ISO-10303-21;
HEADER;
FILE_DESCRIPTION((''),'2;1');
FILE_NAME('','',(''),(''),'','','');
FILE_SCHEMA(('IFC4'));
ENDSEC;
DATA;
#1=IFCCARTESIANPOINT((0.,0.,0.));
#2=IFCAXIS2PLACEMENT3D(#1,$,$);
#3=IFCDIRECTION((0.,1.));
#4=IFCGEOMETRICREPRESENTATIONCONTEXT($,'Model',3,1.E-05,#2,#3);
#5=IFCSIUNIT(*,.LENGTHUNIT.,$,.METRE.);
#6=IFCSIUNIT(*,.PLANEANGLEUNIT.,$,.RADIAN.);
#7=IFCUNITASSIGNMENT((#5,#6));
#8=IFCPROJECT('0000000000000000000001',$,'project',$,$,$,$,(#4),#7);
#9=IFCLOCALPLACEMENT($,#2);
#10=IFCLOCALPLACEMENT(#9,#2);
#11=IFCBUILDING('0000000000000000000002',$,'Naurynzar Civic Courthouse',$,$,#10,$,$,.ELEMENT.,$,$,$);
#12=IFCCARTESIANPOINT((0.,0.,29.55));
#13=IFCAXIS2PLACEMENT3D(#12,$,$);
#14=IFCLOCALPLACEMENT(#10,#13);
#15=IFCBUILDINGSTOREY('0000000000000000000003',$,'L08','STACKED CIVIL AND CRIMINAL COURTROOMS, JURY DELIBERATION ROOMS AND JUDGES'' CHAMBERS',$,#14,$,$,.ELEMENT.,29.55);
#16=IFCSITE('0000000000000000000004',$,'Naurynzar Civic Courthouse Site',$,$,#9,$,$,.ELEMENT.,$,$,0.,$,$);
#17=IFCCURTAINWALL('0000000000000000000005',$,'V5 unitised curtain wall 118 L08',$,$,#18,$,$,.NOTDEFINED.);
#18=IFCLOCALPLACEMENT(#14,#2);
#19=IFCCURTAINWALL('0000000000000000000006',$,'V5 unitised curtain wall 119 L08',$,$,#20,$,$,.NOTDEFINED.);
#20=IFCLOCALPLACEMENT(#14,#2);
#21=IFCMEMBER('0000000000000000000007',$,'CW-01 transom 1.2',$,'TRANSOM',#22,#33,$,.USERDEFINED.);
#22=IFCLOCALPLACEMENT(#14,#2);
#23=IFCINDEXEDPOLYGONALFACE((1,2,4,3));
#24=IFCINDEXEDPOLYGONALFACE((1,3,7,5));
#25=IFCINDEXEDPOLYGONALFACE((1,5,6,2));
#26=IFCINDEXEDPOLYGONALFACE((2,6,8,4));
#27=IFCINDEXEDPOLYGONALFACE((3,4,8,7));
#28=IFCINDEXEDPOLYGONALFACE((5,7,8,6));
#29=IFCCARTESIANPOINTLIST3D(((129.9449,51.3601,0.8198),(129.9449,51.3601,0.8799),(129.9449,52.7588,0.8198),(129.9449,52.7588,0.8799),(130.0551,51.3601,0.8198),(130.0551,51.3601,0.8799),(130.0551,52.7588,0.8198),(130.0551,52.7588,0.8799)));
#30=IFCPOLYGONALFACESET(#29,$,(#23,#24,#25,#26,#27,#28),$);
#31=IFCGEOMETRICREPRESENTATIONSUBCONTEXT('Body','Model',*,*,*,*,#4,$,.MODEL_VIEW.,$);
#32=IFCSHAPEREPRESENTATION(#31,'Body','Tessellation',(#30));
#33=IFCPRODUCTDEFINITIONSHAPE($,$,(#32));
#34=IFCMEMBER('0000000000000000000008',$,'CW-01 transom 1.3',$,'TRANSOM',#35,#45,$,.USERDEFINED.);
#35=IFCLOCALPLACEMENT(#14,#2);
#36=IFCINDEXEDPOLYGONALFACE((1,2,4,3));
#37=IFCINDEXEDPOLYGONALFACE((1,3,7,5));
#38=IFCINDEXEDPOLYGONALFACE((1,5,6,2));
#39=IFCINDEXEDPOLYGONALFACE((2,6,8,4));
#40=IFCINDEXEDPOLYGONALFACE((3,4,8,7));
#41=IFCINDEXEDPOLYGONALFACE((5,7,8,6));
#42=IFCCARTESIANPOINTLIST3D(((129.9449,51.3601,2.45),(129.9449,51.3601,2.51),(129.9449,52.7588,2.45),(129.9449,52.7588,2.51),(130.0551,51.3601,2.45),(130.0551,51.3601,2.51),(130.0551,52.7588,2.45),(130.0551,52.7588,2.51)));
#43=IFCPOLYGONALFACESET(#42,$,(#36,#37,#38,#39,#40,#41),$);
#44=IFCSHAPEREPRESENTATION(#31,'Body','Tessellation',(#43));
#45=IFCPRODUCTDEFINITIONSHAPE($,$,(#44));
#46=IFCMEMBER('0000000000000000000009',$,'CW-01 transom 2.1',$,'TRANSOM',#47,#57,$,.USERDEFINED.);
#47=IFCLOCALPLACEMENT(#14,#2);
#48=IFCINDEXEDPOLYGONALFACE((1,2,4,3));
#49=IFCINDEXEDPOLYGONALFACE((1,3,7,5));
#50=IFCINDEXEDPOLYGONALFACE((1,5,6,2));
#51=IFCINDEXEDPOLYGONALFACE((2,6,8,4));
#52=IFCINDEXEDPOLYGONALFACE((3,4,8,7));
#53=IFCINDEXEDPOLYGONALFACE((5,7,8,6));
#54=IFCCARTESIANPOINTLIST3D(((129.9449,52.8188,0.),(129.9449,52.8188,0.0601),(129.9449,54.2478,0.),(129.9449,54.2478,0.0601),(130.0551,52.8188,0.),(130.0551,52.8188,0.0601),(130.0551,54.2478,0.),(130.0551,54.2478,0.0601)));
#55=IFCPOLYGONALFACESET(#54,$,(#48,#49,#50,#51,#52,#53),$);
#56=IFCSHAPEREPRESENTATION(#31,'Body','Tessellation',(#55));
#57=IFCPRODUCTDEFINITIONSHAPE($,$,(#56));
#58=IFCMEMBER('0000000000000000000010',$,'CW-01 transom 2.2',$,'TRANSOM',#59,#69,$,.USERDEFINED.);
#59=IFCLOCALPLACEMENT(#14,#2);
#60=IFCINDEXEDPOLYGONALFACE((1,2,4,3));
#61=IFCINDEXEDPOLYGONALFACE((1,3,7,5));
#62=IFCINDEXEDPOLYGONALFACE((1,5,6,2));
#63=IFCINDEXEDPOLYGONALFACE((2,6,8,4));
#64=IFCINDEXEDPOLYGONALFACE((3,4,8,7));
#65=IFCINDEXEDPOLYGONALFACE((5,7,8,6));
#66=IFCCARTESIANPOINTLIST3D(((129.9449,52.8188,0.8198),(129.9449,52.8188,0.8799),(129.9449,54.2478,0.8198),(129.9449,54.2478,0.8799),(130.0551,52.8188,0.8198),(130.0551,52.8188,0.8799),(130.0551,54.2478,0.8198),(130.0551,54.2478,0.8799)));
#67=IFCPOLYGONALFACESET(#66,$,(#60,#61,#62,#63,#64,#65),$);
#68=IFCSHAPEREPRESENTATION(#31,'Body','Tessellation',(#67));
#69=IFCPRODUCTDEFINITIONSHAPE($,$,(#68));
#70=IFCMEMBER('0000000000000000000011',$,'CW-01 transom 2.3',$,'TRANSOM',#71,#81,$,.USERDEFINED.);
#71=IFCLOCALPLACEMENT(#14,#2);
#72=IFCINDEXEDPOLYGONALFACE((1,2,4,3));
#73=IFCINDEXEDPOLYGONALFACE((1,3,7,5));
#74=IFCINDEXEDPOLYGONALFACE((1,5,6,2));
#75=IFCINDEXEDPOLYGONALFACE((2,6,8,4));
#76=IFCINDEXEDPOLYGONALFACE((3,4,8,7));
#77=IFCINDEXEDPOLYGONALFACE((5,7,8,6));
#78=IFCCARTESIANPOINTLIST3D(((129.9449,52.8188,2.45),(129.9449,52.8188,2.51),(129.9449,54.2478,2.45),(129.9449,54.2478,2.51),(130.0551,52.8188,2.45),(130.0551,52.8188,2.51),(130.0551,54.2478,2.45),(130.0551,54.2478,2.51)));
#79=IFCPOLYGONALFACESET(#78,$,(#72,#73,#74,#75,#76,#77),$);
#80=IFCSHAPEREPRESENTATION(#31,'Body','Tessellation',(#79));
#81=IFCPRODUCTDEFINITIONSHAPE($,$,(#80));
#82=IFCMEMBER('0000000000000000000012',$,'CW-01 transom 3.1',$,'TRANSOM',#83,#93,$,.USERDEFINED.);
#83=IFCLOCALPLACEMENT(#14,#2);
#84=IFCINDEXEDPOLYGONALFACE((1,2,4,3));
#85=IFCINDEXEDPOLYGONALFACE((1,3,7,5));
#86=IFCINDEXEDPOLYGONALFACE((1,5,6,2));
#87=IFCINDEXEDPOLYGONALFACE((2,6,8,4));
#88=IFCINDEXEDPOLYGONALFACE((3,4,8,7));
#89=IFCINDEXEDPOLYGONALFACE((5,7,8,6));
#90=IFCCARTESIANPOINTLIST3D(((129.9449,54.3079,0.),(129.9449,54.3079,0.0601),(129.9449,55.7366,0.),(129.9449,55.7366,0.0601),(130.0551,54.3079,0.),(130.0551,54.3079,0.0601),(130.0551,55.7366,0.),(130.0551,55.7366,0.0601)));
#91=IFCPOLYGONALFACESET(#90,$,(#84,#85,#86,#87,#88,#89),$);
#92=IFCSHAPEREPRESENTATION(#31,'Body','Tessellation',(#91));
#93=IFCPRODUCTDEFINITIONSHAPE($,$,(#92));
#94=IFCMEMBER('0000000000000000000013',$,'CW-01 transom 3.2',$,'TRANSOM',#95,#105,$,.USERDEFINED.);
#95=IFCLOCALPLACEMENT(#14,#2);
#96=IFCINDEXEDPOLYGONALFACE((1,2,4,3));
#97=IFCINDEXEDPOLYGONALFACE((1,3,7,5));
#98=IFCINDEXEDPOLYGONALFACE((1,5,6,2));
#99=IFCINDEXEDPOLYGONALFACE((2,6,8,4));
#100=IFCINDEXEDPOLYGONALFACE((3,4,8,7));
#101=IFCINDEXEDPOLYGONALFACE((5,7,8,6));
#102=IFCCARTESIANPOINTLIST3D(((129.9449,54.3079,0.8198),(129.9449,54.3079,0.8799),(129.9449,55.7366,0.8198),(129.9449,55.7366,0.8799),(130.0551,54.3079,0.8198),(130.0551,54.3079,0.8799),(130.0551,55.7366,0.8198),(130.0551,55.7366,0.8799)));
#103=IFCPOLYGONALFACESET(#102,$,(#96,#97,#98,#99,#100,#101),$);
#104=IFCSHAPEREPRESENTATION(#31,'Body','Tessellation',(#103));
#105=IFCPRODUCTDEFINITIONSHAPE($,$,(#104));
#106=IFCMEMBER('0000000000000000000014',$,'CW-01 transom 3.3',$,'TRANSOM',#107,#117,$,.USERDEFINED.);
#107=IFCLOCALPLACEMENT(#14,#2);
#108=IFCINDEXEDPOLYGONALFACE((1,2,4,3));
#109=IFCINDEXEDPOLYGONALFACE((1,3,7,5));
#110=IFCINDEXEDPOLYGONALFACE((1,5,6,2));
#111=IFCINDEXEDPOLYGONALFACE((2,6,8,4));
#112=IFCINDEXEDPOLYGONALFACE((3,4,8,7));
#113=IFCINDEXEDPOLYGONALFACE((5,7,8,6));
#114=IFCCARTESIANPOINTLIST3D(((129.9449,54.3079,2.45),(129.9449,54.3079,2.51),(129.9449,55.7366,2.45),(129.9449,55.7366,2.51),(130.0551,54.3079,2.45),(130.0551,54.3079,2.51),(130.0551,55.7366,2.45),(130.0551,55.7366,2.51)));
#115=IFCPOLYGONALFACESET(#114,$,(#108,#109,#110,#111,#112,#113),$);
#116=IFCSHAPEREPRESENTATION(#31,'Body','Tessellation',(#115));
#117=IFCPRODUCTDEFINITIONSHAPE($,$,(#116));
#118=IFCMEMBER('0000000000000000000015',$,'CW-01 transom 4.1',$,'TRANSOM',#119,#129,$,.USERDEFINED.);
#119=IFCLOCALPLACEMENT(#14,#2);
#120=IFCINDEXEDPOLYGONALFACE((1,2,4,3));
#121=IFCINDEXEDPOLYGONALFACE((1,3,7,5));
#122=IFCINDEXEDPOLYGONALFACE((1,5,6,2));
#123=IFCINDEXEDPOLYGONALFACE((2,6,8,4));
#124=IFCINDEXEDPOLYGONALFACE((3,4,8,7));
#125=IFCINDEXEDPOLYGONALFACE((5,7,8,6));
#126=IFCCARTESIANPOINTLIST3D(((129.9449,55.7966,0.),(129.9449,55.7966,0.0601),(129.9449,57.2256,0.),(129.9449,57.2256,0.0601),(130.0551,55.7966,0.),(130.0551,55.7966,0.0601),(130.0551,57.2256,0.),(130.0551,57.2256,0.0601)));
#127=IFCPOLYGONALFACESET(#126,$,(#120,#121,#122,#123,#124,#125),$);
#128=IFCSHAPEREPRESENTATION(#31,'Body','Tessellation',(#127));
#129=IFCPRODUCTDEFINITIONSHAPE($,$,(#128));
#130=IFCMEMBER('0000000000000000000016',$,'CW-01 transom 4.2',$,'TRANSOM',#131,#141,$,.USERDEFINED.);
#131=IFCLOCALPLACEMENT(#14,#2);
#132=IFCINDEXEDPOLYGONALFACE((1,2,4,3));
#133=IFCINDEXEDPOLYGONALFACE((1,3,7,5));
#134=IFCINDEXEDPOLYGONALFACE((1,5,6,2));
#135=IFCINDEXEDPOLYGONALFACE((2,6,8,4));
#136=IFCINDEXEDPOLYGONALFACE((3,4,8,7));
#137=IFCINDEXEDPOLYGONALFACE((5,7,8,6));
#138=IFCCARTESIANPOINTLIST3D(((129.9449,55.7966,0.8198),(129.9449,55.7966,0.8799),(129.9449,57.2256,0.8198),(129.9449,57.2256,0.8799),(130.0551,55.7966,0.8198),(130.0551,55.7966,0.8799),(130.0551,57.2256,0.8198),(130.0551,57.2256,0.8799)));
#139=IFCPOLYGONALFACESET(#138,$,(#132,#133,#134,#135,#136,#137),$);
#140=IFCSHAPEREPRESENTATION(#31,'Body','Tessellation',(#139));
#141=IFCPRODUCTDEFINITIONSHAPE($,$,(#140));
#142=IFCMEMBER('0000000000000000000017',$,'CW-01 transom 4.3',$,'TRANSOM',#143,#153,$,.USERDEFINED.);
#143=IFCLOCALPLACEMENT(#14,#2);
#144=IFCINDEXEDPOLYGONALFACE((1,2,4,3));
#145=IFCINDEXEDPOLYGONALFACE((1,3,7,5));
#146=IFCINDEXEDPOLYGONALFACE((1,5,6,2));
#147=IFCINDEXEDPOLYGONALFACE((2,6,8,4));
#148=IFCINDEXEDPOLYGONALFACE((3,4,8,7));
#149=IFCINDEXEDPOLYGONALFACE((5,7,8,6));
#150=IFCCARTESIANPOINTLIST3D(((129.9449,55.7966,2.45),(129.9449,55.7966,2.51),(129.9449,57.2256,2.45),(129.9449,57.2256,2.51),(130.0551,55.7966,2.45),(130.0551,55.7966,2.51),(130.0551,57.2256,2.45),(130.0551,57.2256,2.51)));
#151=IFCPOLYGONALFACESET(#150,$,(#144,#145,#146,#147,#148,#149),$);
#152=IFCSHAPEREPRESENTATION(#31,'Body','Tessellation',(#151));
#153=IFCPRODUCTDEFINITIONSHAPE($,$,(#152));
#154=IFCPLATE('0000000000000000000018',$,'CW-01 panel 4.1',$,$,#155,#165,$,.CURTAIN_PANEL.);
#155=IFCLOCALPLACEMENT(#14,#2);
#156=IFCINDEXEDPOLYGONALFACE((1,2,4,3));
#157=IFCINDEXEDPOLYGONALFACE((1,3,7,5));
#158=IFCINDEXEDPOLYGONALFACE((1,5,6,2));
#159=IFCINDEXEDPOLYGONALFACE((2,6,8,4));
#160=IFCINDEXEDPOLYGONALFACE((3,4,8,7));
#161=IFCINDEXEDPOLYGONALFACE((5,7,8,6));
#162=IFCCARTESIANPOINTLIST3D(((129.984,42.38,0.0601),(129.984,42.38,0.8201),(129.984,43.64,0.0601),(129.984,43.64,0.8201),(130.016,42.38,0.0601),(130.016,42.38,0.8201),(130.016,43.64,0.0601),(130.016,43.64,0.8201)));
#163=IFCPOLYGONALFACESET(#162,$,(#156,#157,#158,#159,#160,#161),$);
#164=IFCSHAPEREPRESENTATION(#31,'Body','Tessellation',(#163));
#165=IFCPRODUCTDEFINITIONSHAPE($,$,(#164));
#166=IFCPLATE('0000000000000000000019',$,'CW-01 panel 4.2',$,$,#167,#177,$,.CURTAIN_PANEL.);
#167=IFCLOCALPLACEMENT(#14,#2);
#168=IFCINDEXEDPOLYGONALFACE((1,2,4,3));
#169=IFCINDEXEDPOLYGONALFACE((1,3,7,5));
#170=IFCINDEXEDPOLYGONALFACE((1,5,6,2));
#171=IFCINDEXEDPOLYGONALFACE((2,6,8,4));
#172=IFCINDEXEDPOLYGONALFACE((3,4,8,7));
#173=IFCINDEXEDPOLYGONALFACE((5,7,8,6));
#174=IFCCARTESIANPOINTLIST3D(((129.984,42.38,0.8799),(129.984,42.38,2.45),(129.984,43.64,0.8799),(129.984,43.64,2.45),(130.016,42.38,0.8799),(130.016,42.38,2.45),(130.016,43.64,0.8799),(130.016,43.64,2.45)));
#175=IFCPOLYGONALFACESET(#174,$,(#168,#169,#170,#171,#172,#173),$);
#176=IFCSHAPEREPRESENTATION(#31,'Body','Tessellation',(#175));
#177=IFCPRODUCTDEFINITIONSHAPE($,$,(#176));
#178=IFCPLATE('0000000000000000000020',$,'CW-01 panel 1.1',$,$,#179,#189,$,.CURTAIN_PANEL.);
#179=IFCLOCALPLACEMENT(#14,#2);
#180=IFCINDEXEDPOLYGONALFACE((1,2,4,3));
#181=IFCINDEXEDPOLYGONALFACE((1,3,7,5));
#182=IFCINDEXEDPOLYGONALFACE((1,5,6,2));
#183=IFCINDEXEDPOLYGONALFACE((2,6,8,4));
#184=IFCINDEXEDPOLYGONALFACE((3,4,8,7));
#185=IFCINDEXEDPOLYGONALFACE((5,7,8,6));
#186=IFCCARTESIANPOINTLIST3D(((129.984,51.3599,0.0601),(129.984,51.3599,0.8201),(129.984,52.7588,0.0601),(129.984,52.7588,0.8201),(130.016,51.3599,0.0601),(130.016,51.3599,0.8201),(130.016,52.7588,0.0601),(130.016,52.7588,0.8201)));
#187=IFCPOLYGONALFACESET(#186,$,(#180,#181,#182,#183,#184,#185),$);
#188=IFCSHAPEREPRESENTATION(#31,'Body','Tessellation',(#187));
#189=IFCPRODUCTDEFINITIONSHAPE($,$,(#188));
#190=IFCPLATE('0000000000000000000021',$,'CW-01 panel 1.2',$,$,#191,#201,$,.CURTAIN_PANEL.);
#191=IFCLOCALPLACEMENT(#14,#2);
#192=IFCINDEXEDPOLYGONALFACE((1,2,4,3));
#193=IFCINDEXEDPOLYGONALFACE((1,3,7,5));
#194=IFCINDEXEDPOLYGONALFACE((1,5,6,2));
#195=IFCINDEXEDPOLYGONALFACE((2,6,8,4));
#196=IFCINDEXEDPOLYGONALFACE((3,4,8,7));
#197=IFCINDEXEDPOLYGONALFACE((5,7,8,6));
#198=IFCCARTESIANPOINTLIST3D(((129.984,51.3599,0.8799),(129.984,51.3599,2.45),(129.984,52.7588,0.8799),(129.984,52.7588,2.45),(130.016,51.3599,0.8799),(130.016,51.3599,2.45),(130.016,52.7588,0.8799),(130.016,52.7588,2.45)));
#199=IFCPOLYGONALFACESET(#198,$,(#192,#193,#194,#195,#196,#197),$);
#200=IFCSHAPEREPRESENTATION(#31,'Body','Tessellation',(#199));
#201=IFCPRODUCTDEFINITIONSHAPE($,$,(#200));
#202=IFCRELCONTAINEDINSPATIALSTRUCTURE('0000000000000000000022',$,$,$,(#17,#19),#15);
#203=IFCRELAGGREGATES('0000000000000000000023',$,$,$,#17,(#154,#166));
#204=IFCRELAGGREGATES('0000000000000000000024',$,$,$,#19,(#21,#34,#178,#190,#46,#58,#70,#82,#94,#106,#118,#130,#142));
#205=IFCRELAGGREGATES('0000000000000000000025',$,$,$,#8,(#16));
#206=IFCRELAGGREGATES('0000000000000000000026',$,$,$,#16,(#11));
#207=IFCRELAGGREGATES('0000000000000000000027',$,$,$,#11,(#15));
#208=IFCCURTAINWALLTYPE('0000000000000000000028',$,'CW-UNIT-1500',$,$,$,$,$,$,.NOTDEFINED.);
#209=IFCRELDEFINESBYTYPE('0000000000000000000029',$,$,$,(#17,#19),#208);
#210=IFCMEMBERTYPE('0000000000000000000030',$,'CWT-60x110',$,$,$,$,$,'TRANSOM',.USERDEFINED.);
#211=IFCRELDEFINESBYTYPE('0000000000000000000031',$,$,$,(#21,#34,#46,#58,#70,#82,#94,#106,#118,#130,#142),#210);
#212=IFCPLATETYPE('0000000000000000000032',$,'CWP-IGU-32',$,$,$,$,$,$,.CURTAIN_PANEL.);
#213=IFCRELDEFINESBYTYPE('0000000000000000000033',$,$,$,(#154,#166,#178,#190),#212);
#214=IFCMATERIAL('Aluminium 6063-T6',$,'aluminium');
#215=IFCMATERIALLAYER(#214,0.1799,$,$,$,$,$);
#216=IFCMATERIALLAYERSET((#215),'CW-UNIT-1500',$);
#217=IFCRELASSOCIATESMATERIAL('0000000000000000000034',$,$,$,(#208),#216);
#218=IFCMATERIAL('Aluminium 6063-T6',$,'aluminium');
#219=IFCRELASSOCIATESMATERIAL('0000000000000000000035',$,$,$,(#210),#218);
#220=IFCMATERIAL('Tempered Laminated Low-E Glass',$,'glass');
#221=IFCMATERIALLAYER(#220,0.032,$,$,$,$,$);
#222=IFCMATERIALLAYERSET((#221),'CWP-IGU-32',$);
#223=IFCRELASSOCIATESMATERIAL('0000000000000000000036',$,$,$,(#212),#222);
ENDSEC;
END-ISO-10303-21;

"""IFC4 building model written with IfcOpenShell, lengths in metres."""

from ifc_helpers import new_model, si_unit, direction, frame, origin, origin_2d, place, context, subcontext, project, spatial, rectangle, extrude, material, layer, layer_set, material_profile, profile_set, type_object, element, aggregate, save


model = new_model("IFC4")

# Units and contexts
model_context = context("Model", 3, precision=1e-05, world=origin(), true_north=direction((0.0, 1.0)))
body_context = subcontext(model_context, "Body", "Model", "MODEL_VIEW")
ifc_project = project(units=[si_unit("LENGTHUNIT", "METRE"), si_unit("PLANEANGLEUNIT", "RADIAN")], contexts=[model_context])

# Site, building, storey
site_placement = place(None, origin())
site = spatial("IfcSite", under=ifc_project, at=site_placement, Name="Naurynzar Civic Courthouse Site", CompositionType="ELEMENT", RefElevation=0.0)
building_placement = place(site_placement, origin())
building = spatial("IfcBuilding", under=site, at=building_placement, Name="Naurynzar Civic Courthouse", CompositionType="ELEMENT")
storey_placement = place(building_placement, frame((0.0, 0.0, 29.55)))
storey = spatial("IfcBuildingStorey", under=building, at=storey_placement, Name="L08", Description="STACKED CIVIL AND CRIMINAL COURTROOMS, JURY DELIBERATION ROOMS AND JUDGES' CHAMBERS", CompositionType="ELEMENT", Elevation=29.55)

# Curtain walls
ifc_material_1 = material(Name="Aluminium 6063-T6", Category="aluminium")
ifc_layer_1 = layer(ifc_material_1, 0.1799)
ifc_layer_set_1 = layer_set([ifc_layer_1], Name="CW-UNIT-1500")
curtain_wall_type = type_object("IfcCurtainWallType", Name="CW-UNIT-1500", PredefinedType="NOTDEFINED", material=ifc_layer_set_1)
curtain_wall_1_placement = place(storey_placement, origin())
curtain_wall_1 = element("IfcCurtainWall", 1, at=curtain_wall_1_placement, inside=storey, type_object=curtain_wall_type, Name="V5 unitised curtain wall 118 L08", PredefinedType="NOTDEFINED")
curtain_wall_2_placement = place(storey_placement, origin())
curtain_wall_2 = element("IfcCurtainWall", 2, at=curtain_wall_2_placement, inside=storey, type_object=curtain_wall_type, Name="V5 unitised curtain wall 119 L08", PredefinedType="NOTDEFINED")

# Members
ifc_material_2 = material(Name="Aluminium 6063-T6", Category="aluminium")
ifc_material_profile_1 = material_profile(ifc_material_2, rectangle(XDim=0.1101, YDim=0.0601, at=origin_2d()), Name="ALU TRANSOM 60x110")
ifc_profile_set_1 = profile_set([ifc_material_profile_1], Name="Aluminium 6063-T6")
member_type_1 = type_object("IfcMemberType", Name="CWT-60x110", ElementType="TRANSOM", PredefinedType="USERDEFINED", material=ifc_profile_set_1)
member_1_placement = place(storey_placement, frame((130.0, 51.3601, 0.8499), z_axis=(0.0, 1.0, 0.0), x_axis=(-1.0, 0.0, 0.0)))
member_1 = element("IfcMember", 3, at=member_1_placement, type_object=member_type_1, Name="CW-01 transom 1.2", ObjectType="TRANSOM", PredefinedType="USERDEFINED", context=body_context, shape_type="SweptSolid", body=[
    extrude(rectangle(XDim=0.1101, YDim=0.0601, at=origin_2d()), origin(), (0.0, 0.0, 1.0), 1.3987),
])
member_2_placement = place(storey_placement, frame((130.0, 51.3601, 2.48), z_axis=(0.0, 1.0, 0.0), x_axis=(-1.0, 0.0, 0.0)))
member_2 = element("IfcMember", 4, at=member_2_placement, type_object=member_type_1, Name="CW-01 transom 1.3", ObjectType="TRANSOM", PredefinedType="USERDEFINED", context=body_context, shape_type="SweptSolid", body=[
    extrude(rectangle(XDim=0.1101, YDim=0.0601, at=origin_2d()), origin(), (0.0, 0.0, 1.0), 1.3987),
])
member_3_placement = place(storey_placement, frame((130.0, 52.8188, 0.03), z_axis=(0.0, 1.0, 0.0), x_axis=(-1.0, 0.0, 0.0)))
member_3 = element("IfcMember", 5, at=member_3_placement, type_object=member_type_1, Name="CW-01 transom 2.1", ObjectType="TRANSOM", PredefinedType="USERDEFINED", context=body_context, shape_type="SweptSolid", body=[
    extrude(rectangle(XDim=0.1101, YDim=0.0601, at=origin_2d()), origin(), (0.0, 0.0, 1.0), 1.429),
])
member_4_placement = place(storey_placement, frame((130.0, 52.8188, 0.8499), z_axis=(0.0, 1.0, 0.0), x_axis=(-1.0, 0.0, 0.0)))
member_4 = element("IfcMember", 6, at=member_4_placement, type_object=member_type_1, Name="CW-01 transom 2.2", ObjectType="TRANSOM", PredefinedType="USERDEFINED", context=body_context, shape_type="SweptSolid", body=[
    extrude(rectangle(XDim=0.1101, YDim=0.0601, at=origin_2d()), origin(), (0.0, 0.0, 1.0), 1.429),
])
member_5_placement = place(storey_placement, frame((130.0, 52.8188, 2.48), z_axis=(0.0, 1.0, 0.0), x_axis=(-1.0, 0.0, 0.0)))
member_5 = element("IfcMember", 7, at=member_5_placement, type_object=member_type_1, Name="CW-01 transom 2.3", ObjectType="TRANSOM", PredefinedType="USERDEFINED", context=body_context, shape_type="SweptSolid", body=[
    extrude(rectangle(XDim=0.1101, YDim=0.0601, at=origin_2d()), origin(), (0.0, 0.0, 1.0), 1.429),
])
member_6_placement = place(storey_placement, frame((130.0, 54.3079, 0.03), z_axis=(0.0, 1.0, 0.0), x_axis=(-1.0, 0.0, 0.0)))
member_6 = element("IfcMember", 8, at=member_6_placement, type_object=member_type_1, Name="CW-01 transom 3.1", ObjectType="TRANSOM", PredefinedType="USERDEFINED", context=body_context, shape_type="SweptSolid", body=[
    extrude(rectangle(XDim=0.1101, YDim=0.0601, at=origin_2d()), origin(), (0.0, 0.0, 1.0), 1.4287),
])
member_7_placement = place(storey_placement, frame((130.0, 54.3079, 0.8499), z_axis=(0.0, 1.0, 0.0), x_axis=(-1.0, 0.0, 0.0)))
member_7 = element("IfcMember", 9, at=member_7_placement, type_object=member_type_1, Name="CW-01 transom 3.2", ObjectType="TRANSOM", PredefinedType="USERDEFINED", context=body_context, shape_type="SweptSolid", body=[
    extrude(rectangle(XDim=0.1101, YDim=0.0601, at=origin_2d()), origin(), (0.0, 0.0, 1.0), 1.4287),
])
member_8_placement = place(storey_placement, frame((130.0, 54.3079, 2.48), z_axis=(0.0, 1.0, 0.0), x_axis=(-1.0, 0.0, 0.0)))
member_8 = element("IfcMember", 10, at=member_8_placement, type_object=member_type_1, Name="CW-01 transom 3.3", ObjectType="TRANSOM", PredefinedType="USERDEFINED", context=body_context, shape_type="SweptSolid", body=[
    extrude(rectangle(XDim=0.1101, YDim=0.0601, at=origin_2d()), origin(), (0.0, 0.0, 1.0), 1.4287),
])
member_9_placement = place(storey_placement, frame((130.0, 55.7966, 0.03), z_axis=(0.0, 1.0, 0.0), x_axis=(-1.0, 0.0, 0.0)))
member_9 = element("IfcMember", 11, at=member_9_placement, type_object=member_type_1, Name="CW-01 transom 4.1", ObjectType="TRANSOM", PredefinedType="USERDEFINED", context=body_context, shape_type="SweptSolid", body=[
    extrude(rectangle(XDim=0.1101, YDim=0.0601, at=origin_2d()), origin(), (0.0, 0.0, 1.0), 1.429),
])
member_10_placement = place(storey_placement, frame((130.0, 55.7966, 0.8499), z_axis=(0.0, 1.0, 0.0), x_axis=(-1.0, 0.0, 0.0)))
member_10 = element("IfcMember", 12, at=member_10_placement, type_object=member_type_1, Name="CW-01 transom 4.2", ObjectType="TRANSOM", PredefinedType="USERDEFINED", context=body_context, shape_type="SweptSolid", body=[
    extrude(rectangle(XDim=0.1101, YDim=0.0601, at=origin_2d()), origin(), (0.0, 0.0, 1.0), 1.429),
])
member_11_placement = place(storey_placement, frame((130.0, 55.7966, 2.48), z_axis=(0.0, 1.0, 0.0), x_axis=(-1.0, 0.0, 0.0)))
member_11 = element("IfcMember", 13, at=member_11_placement, type_object=member_type_1, Name="CW-01 transom 4.3", ObjectType="TRANSOM", PredefinedType="USERDEFINED", context=body_context, shape_type="SweptSolid", body=[
    extrude(rectangle(XDim=0.1101, YDim=0.0601, at=origin_2d()), origin(), (0.0, 0.0, 1.0), 1.429),
])

# Plates
ifc_material_3 = material(Name="Tempered Laminated Low-E Glass", Category="glass")
ifc_layer_2 = layer(ifc_material_3, 0.032)
ifc_layer_set_2 = layer_set([ifc_layer_2], Name="CWP-IGU-32")
plate_type = type_object("IfcPlateType", Name="CWP-IGU-32", PredefinedType="CURTAIN_PANEL", material=ifc_layer_set_2)
plate_1_placement = place(storey_placement, frame((130.0, 43.01, 0.0601), z_axis=(0.0, 0.0, 1.0), x_axis=(0.0, 1.0, 0.0)))
plate_1 = element("IfcPlate", 14, at=plate_1_placement, type_object=plate_type, Name="CW-01 panel 4.1", PredefinedType="CURTAIN_PANEL", context=body_context, shape_type="SweptSolid", body=[
    extrude(rectangle(XDim=1.26, YDim=0.032, at=origin_2d()), origin(), (0.0, 0.0, 1.0), 0.76),
])
plate_2_placement = place(storey_placement, frame((130.0, 43.01, 0.8799), z_axis=(0.0, 0.0, 1.0), x_axis=(0.0, 1.0, 0.0)))
plate_2 = element("IfcPlate", 15, at=plate_2_placement, type_object=plate_type, Name="CW-01 panel 4.2", PredefinedType="CURTAIN_PANEL", context=body_context, shape_type="SweptSolid", body=[
    extrude(rectangle(XDim=1.26, YDim=0.032, at=origin_2d()), origin(), (0.0, 0.0, 1.0), 1.5701),
])
aggregate(curtain_wall_1, [plate_1, plate_2])
plate_3_placement = place(storey_placement, frame((130.0, 52.0593, 0.0601), z_axis=(0.0, 0.0, 1.0), x_axis=(0.0, 1.0, 0.0)))
plate_3 = element("IfcPlate", 16, at=plate_3_placement, type_object=plate_type, Name="CW-01 panel 1.1", PredefinedType="CURTAIN_PANEL", context=body_context, shape_type="SweptSolid", body=[
    extrude(rectangle(XDim=1.3989, YDim=0.032, at=origin_2d()), origin(), (0.0, 0.0, 1.0), 0.76),
])
plate_4_placement = place(storey_placement, frame((130.0, 52.0593, 0.8799), z_axis=(0.0, 0.0, 1.0), x_axis=(0.0, 1.0, 0.0)))
plate_4 = element("IfcPlate", 17, at=plate_4_placement, type_object=plate_type, Name="CW-01 panel 1.2", PredefinedType="CURTAIN_PANEL", context=body_context, shape_type="SweptSolid", body=[
    extrude(rectangle(XDim=1.3989, YDim=0.032, at=origin_2d()), origin(), (0.0, 0.0, 1.0), 1.5701),
])
aggregate(curtain_wall_2, [member_1, member_2, plate_3, plate_4, member_3, member_4, member_5, member_6, member_7, member_8, member_9, member_10, member_11])

save(model, "model.ifc")
